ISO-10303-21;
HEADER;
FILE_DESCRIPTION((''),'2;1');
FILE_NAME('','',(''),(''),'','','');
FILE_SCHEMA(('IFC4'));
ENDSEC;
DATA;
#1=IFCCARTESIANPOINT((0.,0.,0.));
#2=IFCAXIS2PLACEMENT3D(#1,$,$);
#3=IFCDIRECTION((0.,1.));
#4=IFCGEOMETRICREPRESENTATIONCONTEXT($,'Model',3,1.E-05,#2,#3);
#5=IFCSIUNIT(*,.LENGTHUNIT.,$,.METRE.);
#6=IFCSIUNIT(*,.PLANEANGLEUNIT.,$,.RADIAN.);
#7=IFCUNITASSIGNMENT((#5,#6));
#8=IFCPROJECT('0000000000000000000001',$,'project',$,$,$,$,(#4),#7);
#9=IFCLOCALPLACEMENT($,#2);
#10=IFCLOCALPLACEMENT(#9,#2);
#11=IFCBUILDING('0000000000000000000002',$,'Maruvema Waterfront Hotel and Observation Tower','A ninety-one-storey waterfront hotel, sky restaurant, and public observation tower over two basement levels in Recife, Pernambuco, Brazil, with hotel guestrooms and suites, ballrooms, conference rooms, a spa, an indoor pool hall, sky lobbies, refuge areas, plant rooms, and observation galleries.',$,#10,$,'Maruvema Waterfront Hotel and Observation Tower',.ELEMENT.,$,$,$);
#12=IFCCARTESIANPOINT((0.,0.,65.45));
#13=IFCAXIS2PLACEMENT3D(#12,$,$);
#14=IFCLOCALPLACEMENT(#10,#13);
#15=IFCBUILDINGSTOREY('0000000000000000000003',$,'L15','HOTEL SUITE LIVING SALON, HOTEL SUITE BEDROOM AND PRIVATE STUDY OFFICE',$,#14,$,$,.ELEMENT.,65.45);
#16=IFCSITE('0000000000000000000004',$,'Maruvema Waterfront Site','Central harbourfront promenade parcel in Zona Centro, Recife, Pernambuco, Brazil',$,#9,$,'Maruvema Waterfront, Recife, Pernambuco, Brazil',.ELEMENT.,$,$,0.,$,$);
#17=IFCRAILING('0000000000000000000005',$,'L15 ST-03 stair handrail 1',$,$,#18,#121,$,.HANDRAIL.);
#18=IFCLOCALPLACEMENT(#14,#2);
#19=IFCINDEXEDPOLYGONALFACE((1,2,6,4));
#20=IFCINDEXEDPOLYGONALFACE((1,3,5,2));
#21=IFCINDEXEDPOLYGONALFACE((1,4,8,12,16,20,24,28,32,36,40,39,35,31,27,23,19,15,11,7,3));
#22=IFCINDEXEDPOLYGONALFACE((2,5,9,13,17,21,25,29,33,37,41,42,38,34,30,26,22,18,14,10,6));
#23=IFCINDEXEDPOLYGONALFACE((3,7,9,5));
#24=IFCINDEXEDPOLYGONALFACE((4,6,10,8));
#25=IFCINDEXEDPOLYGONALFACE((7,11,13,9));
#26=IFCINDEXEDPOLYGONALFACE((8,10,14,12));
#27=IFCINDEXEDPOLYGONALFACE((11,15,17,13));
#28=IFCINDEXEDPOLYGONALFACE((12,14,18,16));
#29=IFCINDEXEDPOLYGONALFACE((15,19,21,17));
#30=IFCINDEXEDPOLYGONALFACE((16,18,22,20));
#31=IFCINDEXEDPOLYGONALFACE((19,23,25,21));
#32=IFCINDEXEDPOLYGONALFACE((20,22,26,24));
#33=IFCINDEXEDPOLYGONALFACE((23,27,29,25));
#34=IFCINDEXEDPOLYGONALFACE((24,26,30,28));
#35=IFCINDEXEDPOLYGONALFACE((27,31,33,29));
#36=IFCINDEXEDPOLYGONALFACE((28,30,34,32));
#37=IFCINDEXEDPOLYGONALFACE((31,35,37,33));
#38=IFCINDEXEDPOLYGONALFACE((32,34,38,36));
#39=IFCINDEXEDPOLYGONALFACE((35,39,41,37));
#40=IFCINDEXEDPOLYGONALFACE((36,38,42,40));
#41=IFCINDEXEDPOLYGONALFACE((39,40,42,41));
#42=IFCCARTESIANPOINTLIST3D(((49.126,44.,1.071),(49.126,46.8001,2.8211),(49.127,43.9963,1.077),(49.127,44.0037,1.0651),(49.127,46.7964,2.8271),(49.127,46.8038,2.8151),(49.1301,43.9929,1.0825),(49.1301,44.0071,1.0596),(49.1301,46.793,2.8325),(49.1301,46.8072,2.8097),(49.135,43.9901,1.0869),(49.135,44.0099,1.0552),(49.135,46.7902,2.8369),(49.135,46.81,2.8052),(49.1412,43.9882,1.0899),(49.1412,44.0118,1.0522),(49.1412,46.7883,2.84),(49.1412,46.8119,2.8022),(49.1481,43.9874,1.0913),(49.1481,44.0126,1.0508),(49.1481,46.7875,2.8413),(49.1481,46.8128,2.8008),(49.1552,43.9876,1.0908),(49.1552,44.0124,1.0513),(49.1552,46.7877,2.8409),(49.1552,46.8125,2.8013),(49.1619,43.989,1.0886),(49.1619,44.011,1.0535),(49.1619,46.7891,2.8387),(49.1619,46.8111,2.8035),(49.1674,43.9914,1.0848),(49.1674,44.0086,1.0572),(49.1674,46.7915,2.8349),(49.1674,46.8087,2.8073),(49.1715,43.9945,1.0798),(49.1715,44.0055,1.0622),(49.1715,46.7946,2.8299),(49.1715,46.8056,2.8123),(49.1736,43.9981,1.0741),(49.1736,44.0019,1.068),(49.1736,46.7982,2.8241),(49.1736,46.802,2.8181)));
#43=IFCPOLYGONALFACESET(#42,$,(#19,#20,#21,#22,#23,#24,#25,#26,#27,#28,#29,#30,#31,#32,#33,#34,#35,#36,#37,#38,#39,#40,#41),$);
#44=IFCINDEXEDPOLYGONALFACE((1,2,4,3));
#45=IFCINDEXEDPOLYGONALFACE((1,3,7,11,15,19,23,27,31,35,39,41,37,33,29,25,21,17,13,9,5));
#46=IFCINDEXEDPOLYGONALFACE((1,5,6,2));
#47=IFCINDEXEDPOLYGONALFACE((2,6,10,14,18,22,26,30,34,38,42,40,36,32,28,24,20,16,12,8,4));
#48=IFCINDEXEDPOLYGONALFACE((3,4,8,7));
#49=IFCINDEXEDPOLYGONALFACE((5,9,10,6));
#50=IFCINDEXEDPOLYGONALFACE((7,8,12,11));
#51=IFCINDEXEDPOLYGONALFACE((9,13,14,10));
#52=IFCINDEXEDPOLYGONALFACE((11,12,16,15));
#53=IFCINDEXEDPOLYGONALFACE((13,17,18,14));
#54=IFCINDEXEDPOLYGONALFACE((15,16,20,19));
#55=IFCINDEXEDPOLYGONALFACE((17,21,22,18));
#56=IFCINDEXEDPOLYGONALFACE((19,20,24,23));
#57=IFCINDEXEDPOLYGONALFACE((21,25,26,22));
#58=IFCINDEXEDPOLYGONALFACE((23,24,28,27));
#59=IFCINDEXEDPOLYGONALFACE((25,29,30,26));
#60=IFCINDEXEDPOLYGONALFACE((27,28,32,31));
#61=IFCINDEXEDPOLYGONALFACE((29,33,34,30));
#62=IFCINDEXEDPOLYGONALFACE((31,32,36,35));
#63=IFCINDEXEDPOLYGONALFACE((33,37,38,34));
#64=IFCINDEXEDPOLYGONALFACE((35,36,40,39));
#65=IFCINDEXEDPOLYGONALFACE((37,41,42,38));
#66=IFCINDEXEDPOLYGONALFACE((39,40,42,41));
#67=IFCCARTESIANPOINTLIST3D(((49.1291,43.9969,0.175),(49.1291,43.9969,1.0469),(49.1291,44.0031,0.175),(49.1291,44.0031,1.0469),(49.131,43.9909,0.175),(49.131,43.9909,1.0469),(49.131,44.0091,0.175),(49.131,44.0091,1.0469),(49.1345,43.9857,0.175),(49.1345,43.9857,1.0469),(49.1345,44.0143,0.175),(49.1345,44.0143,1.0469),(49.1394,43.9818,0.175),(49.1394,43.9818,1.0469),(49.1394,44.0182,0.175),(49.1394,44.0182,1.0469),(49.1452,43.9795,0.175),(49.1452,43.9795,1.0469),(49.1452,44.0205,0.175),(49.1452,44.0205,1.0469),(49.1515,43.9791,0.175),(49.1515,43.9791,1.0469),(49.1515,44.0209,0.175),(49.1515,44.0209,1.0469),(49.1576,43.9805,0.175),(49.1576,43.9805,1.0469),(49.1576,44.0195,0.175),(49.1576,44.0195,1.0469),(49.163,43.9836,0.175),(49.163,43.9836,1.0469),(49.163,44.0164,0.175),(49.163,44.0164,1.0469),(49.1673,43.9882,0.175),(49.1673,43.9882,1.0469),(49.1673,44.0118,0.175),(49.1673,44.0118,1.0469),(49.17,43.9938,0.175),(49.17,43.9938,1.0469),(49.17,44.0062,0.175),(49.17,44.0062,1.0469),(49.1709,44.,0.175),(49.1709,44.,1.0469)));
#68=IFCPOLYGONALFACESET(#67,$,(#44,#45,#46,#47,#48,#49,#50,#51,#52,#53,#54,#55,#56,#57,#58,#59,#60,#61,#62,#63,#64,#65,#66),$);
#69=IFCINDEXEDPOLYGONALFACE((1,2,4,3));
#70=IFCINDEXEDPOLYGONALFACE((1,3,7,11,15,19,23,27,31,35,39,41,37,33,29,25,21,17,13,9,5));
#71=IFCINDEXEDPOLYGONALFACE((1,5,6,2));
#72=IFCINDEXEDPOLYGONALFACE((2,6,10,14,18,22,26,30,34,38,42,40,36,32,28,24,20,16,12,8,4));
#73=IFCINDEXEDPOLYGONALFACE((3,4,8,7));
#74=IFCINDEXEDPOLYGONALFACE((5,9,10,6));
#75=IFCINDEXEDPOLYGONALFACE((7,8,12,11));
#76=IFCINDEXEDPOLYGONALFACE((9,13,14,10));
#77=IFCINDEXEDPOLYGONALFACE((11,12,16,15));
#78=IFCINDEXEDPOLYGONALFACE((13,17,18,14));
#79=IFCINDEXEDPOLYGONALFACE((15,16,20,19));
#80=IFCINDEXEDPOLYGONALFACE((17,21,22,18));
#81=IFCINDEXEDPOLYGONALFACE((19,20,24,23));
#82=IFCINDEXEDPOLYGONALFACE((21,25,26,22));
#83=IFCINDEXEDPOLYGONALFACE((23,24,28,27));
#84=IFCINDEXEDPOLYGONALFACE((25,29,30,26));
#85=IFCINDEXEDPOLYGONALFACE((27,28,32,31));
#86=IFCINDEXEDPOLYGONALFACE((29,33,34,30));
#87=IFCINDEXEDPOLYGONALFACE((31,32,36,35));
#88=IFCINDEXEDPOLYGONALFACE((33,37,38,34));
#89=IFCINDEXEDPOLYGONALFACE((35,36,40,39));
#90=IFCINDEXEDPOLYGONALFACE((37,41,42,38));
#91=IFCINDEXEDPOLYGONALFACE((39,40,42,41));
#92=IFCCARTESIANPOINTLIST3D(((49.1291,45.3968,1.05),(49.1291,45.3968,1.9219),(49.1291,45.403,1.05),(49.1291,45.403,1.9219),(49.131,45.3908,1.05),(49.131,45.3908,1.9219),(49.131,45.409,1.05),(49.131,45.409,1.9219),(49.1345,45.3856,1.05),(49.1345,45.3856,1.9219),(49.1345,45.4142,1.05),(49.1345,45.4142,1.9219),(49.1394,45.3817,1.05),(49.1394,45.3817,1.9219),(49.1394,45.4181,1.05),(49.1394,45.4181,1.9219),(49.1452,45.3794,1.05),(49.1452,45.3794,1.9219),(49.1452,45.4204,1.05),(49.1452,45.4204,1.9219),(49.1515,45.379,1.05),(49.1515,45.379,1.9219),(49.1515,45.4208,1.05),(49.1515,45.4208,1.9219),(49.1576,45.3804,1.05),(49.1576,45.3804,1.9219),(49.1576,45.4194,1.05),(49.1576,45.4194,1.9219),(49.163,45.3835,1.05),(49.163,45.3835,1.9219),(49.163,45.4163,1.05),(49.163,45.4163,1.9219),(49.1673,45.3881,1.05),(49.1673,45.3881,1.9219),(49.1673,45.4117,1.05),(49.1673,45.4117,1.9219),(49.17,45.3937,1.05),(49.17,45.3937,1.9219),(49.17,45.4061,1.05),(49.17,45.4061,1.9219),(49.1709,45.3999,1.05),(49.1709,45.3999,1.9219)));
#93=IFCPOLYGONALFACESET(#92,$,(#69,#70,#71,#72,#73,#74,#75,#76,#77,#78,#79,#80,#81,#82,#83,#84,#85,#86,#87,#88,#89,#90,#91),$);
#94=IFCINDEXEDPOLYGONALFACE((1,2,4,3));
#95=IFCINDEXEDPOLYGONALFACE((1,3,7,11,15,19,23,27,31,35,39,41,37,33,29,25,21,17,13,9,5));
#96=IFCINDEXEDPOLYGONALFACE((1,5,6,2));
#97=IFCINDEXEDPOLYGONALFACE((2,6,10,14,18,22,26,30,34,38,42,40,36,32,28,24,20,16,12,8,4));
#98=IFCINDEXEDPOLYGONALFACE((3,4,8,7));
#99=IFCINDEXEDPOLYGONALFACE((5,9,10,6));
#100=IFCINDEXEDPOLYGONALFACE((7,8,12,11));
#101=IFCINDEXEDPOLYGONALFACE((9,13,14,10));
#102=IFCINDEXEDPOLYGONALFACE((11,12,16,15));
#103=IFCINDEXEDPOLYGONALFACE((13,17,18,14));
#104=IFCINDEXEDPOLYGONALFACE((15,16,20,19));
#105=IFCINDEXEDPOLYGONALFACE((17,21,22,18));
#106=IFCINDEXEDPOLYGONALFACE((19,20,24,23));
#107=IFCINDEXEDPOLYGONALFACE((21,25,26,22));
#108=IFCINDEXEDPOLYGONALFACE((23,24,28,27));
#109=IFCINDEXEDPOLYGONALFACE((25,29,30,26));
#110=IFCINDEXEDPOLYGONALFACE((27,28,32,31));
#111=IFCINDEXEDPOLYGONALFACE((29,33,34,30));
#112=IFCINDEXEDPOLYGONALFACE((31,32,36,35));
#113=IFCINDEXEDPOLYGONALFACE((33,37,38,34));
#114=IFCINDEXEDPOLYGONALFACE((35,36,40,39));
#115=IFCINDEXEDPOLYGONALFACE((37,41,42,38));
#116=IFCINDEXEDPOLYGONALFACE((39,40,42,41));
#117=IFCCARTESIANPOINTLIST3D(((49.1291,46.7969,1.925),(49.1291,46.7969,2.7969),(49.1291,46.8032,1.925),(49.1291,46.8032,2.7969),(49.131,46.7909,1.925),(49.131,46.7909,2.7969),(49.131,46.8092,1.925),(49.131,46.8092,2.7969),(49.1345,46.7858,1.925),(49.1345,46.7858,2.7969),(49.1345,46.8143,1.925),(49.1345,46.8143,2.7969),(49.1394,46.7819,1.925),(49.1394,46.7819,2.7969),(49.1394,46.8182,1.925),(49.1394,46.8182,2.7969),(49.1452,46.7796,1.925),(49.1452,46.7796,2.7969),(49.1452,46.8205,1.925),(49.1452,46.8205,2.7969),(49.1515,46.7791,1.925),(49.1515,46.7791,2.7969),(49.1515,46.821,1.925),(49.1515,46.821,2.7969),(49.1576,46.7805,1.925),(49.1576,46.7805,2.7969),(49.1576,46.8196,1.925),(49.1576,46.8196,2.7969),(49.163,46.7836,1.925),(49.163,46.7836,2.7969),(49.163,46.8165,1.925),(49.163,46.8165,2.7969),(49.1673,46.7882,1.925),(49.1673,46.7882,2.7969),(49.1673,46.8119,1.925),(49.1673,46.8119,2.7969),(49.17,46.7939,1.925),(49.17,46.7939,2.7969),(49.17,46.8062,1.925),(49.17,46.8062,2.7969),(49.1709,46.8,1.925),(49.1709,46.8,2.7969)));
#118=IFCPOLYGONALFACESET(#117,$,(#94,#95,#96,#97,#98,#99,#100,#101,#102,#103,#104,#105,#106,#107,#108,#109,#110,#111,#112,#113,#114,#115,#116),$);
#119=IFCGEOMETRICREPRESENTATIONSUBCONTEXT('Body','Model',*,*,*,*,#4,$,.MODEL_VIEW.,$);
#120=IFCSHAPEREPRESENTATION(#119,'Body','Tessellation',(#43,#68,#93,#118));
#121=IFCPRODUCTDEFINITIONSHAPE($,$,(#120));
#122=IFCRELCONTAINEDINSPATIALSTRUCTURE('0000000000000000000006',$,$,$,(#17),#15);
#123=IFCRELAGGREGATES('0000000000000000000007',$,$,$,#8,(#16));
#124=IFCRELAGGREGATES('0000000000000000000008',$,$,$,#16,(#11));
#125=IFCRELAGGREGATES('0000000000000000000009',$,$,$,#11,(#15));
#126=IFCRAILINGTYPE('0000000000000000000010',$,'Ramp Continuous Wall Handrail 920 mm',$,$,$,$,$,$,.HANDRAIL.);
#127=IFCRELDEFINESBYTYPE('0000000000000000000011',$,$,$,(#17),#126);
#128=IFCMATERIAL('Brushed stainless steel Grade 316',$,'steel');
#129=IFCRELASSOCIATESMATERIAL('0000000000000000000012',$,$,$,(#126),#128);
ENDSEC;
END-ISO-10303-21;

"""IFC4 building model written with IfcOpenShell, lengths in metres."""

from ifc_helpers import new_model, si_unit, direction, frame, origin, origin_2d, place, context, subcontext, project, spatial, circle, extrude, material, type_object, element, save


model = new_model("IFC4")

# Units and contexts
model_context = context("Model", 3, precision=1e-05, world=origin(), true_north=direction((0.0, 1.0)))
body_context = subcontext(model_context, "Body", "Model", "MODEL_VIEW")
ifc_project = project(units=[si_unit("LENGTHUNIT", "METRE"), si_unit("PLANEANGLEUNIT", "RADIAN")], contexts=[model_context])

# Site, building, storey
site_placement = place(None, origin())
site = spatial("IfcSite", under=ifc_project, at=site_placement, Name="Maruvema Waterfront Site", Description="Central harbourfront promenade parcel in Zona Centro, Recife, Pernambuco, Brazil", LongName="Maruvema Waterfront, Recife, Pernambuco, Brazil", CompositionType="ELEMENT", RefElevation=0.0)
building_placement = place(site_placement, origin())
building = spatial("IfcBuilding", under=site, at=building_placement, Name="Maruvema Waterfront Hotel and Observation Tower", Description="A ninety-one-storey waterfront hotel, sky restaurant, and public observation tower over two basement levels in Recife, Pernambuco, Brazil, with hotel guestrooms and suites, ballrooms, conference rooms, a spa, an indoor pool hall, sky lobbies, refuge areas, plant rooms, and observation galleries.", LongName="Maruvema Waterfront Hotel and Observation Tower", CompositionType="ELEMENT")
storey_placement = place(building_placement, frame((0.0, 0.0, 65.45)))
storey = spatial("IfcBuildingStorey", under=building, at=storey_placement, Name="L15", Description="HOTEL SUITE LIVING SALON, HOTEL SUITE BEDROOM AND PRIVATE STUDY OFFICE", CompositionType="ELEMENT", Elevation=65.45)

# Railing
ifc_material_1 = material(Name="Brushed stainless steel Grade 316", Category="steel")
railing_type_1 = type_object("IfcRailingType", Name="Ramp Continuous Wall Handrail 920 mm", PredefinedType="HANDRAIL", material=ifc_material_1)
railing_1_placement = place(storey_placement, frame((49.1499, 44.0, 0.175)))
element("IfcRailing", 1, at=railing_1_placement, inside=storey, type_object=railing_type_1, Name="L15 ST-03 stair handrail 1", PredefinedType="HANDRAIL", context=body_context, shape_type="SweptSolid", body=[
    extrude(circle(Radius=0.0239, at=origin_2d()), frame((0.0, 0.0, 0.896), z_axis=(0.0, 0.848002, 0.529992), x_axis=(-1.0, 0.0, 0.0)), (0.0, 0.0, 1.0), 3.302),
    extrude(circle(Radius=0.021, at=origin_2d()), origin(), (0.0, 0.0, 1.0), 0.8718),
    extrude(circle(Radius=0.021, at=origin_2d()), frame((0.0, 1.3999, 0.875)), (0.0, 0.0, 1.0), 0.8718),
    extrude(circle(Radius=0.021, at=origin_2d()), frame((0.0, 2.8, 1.75)), (0.0, 0.0, 1.0), 0.8718),
])

save(model, "model.ifc")
